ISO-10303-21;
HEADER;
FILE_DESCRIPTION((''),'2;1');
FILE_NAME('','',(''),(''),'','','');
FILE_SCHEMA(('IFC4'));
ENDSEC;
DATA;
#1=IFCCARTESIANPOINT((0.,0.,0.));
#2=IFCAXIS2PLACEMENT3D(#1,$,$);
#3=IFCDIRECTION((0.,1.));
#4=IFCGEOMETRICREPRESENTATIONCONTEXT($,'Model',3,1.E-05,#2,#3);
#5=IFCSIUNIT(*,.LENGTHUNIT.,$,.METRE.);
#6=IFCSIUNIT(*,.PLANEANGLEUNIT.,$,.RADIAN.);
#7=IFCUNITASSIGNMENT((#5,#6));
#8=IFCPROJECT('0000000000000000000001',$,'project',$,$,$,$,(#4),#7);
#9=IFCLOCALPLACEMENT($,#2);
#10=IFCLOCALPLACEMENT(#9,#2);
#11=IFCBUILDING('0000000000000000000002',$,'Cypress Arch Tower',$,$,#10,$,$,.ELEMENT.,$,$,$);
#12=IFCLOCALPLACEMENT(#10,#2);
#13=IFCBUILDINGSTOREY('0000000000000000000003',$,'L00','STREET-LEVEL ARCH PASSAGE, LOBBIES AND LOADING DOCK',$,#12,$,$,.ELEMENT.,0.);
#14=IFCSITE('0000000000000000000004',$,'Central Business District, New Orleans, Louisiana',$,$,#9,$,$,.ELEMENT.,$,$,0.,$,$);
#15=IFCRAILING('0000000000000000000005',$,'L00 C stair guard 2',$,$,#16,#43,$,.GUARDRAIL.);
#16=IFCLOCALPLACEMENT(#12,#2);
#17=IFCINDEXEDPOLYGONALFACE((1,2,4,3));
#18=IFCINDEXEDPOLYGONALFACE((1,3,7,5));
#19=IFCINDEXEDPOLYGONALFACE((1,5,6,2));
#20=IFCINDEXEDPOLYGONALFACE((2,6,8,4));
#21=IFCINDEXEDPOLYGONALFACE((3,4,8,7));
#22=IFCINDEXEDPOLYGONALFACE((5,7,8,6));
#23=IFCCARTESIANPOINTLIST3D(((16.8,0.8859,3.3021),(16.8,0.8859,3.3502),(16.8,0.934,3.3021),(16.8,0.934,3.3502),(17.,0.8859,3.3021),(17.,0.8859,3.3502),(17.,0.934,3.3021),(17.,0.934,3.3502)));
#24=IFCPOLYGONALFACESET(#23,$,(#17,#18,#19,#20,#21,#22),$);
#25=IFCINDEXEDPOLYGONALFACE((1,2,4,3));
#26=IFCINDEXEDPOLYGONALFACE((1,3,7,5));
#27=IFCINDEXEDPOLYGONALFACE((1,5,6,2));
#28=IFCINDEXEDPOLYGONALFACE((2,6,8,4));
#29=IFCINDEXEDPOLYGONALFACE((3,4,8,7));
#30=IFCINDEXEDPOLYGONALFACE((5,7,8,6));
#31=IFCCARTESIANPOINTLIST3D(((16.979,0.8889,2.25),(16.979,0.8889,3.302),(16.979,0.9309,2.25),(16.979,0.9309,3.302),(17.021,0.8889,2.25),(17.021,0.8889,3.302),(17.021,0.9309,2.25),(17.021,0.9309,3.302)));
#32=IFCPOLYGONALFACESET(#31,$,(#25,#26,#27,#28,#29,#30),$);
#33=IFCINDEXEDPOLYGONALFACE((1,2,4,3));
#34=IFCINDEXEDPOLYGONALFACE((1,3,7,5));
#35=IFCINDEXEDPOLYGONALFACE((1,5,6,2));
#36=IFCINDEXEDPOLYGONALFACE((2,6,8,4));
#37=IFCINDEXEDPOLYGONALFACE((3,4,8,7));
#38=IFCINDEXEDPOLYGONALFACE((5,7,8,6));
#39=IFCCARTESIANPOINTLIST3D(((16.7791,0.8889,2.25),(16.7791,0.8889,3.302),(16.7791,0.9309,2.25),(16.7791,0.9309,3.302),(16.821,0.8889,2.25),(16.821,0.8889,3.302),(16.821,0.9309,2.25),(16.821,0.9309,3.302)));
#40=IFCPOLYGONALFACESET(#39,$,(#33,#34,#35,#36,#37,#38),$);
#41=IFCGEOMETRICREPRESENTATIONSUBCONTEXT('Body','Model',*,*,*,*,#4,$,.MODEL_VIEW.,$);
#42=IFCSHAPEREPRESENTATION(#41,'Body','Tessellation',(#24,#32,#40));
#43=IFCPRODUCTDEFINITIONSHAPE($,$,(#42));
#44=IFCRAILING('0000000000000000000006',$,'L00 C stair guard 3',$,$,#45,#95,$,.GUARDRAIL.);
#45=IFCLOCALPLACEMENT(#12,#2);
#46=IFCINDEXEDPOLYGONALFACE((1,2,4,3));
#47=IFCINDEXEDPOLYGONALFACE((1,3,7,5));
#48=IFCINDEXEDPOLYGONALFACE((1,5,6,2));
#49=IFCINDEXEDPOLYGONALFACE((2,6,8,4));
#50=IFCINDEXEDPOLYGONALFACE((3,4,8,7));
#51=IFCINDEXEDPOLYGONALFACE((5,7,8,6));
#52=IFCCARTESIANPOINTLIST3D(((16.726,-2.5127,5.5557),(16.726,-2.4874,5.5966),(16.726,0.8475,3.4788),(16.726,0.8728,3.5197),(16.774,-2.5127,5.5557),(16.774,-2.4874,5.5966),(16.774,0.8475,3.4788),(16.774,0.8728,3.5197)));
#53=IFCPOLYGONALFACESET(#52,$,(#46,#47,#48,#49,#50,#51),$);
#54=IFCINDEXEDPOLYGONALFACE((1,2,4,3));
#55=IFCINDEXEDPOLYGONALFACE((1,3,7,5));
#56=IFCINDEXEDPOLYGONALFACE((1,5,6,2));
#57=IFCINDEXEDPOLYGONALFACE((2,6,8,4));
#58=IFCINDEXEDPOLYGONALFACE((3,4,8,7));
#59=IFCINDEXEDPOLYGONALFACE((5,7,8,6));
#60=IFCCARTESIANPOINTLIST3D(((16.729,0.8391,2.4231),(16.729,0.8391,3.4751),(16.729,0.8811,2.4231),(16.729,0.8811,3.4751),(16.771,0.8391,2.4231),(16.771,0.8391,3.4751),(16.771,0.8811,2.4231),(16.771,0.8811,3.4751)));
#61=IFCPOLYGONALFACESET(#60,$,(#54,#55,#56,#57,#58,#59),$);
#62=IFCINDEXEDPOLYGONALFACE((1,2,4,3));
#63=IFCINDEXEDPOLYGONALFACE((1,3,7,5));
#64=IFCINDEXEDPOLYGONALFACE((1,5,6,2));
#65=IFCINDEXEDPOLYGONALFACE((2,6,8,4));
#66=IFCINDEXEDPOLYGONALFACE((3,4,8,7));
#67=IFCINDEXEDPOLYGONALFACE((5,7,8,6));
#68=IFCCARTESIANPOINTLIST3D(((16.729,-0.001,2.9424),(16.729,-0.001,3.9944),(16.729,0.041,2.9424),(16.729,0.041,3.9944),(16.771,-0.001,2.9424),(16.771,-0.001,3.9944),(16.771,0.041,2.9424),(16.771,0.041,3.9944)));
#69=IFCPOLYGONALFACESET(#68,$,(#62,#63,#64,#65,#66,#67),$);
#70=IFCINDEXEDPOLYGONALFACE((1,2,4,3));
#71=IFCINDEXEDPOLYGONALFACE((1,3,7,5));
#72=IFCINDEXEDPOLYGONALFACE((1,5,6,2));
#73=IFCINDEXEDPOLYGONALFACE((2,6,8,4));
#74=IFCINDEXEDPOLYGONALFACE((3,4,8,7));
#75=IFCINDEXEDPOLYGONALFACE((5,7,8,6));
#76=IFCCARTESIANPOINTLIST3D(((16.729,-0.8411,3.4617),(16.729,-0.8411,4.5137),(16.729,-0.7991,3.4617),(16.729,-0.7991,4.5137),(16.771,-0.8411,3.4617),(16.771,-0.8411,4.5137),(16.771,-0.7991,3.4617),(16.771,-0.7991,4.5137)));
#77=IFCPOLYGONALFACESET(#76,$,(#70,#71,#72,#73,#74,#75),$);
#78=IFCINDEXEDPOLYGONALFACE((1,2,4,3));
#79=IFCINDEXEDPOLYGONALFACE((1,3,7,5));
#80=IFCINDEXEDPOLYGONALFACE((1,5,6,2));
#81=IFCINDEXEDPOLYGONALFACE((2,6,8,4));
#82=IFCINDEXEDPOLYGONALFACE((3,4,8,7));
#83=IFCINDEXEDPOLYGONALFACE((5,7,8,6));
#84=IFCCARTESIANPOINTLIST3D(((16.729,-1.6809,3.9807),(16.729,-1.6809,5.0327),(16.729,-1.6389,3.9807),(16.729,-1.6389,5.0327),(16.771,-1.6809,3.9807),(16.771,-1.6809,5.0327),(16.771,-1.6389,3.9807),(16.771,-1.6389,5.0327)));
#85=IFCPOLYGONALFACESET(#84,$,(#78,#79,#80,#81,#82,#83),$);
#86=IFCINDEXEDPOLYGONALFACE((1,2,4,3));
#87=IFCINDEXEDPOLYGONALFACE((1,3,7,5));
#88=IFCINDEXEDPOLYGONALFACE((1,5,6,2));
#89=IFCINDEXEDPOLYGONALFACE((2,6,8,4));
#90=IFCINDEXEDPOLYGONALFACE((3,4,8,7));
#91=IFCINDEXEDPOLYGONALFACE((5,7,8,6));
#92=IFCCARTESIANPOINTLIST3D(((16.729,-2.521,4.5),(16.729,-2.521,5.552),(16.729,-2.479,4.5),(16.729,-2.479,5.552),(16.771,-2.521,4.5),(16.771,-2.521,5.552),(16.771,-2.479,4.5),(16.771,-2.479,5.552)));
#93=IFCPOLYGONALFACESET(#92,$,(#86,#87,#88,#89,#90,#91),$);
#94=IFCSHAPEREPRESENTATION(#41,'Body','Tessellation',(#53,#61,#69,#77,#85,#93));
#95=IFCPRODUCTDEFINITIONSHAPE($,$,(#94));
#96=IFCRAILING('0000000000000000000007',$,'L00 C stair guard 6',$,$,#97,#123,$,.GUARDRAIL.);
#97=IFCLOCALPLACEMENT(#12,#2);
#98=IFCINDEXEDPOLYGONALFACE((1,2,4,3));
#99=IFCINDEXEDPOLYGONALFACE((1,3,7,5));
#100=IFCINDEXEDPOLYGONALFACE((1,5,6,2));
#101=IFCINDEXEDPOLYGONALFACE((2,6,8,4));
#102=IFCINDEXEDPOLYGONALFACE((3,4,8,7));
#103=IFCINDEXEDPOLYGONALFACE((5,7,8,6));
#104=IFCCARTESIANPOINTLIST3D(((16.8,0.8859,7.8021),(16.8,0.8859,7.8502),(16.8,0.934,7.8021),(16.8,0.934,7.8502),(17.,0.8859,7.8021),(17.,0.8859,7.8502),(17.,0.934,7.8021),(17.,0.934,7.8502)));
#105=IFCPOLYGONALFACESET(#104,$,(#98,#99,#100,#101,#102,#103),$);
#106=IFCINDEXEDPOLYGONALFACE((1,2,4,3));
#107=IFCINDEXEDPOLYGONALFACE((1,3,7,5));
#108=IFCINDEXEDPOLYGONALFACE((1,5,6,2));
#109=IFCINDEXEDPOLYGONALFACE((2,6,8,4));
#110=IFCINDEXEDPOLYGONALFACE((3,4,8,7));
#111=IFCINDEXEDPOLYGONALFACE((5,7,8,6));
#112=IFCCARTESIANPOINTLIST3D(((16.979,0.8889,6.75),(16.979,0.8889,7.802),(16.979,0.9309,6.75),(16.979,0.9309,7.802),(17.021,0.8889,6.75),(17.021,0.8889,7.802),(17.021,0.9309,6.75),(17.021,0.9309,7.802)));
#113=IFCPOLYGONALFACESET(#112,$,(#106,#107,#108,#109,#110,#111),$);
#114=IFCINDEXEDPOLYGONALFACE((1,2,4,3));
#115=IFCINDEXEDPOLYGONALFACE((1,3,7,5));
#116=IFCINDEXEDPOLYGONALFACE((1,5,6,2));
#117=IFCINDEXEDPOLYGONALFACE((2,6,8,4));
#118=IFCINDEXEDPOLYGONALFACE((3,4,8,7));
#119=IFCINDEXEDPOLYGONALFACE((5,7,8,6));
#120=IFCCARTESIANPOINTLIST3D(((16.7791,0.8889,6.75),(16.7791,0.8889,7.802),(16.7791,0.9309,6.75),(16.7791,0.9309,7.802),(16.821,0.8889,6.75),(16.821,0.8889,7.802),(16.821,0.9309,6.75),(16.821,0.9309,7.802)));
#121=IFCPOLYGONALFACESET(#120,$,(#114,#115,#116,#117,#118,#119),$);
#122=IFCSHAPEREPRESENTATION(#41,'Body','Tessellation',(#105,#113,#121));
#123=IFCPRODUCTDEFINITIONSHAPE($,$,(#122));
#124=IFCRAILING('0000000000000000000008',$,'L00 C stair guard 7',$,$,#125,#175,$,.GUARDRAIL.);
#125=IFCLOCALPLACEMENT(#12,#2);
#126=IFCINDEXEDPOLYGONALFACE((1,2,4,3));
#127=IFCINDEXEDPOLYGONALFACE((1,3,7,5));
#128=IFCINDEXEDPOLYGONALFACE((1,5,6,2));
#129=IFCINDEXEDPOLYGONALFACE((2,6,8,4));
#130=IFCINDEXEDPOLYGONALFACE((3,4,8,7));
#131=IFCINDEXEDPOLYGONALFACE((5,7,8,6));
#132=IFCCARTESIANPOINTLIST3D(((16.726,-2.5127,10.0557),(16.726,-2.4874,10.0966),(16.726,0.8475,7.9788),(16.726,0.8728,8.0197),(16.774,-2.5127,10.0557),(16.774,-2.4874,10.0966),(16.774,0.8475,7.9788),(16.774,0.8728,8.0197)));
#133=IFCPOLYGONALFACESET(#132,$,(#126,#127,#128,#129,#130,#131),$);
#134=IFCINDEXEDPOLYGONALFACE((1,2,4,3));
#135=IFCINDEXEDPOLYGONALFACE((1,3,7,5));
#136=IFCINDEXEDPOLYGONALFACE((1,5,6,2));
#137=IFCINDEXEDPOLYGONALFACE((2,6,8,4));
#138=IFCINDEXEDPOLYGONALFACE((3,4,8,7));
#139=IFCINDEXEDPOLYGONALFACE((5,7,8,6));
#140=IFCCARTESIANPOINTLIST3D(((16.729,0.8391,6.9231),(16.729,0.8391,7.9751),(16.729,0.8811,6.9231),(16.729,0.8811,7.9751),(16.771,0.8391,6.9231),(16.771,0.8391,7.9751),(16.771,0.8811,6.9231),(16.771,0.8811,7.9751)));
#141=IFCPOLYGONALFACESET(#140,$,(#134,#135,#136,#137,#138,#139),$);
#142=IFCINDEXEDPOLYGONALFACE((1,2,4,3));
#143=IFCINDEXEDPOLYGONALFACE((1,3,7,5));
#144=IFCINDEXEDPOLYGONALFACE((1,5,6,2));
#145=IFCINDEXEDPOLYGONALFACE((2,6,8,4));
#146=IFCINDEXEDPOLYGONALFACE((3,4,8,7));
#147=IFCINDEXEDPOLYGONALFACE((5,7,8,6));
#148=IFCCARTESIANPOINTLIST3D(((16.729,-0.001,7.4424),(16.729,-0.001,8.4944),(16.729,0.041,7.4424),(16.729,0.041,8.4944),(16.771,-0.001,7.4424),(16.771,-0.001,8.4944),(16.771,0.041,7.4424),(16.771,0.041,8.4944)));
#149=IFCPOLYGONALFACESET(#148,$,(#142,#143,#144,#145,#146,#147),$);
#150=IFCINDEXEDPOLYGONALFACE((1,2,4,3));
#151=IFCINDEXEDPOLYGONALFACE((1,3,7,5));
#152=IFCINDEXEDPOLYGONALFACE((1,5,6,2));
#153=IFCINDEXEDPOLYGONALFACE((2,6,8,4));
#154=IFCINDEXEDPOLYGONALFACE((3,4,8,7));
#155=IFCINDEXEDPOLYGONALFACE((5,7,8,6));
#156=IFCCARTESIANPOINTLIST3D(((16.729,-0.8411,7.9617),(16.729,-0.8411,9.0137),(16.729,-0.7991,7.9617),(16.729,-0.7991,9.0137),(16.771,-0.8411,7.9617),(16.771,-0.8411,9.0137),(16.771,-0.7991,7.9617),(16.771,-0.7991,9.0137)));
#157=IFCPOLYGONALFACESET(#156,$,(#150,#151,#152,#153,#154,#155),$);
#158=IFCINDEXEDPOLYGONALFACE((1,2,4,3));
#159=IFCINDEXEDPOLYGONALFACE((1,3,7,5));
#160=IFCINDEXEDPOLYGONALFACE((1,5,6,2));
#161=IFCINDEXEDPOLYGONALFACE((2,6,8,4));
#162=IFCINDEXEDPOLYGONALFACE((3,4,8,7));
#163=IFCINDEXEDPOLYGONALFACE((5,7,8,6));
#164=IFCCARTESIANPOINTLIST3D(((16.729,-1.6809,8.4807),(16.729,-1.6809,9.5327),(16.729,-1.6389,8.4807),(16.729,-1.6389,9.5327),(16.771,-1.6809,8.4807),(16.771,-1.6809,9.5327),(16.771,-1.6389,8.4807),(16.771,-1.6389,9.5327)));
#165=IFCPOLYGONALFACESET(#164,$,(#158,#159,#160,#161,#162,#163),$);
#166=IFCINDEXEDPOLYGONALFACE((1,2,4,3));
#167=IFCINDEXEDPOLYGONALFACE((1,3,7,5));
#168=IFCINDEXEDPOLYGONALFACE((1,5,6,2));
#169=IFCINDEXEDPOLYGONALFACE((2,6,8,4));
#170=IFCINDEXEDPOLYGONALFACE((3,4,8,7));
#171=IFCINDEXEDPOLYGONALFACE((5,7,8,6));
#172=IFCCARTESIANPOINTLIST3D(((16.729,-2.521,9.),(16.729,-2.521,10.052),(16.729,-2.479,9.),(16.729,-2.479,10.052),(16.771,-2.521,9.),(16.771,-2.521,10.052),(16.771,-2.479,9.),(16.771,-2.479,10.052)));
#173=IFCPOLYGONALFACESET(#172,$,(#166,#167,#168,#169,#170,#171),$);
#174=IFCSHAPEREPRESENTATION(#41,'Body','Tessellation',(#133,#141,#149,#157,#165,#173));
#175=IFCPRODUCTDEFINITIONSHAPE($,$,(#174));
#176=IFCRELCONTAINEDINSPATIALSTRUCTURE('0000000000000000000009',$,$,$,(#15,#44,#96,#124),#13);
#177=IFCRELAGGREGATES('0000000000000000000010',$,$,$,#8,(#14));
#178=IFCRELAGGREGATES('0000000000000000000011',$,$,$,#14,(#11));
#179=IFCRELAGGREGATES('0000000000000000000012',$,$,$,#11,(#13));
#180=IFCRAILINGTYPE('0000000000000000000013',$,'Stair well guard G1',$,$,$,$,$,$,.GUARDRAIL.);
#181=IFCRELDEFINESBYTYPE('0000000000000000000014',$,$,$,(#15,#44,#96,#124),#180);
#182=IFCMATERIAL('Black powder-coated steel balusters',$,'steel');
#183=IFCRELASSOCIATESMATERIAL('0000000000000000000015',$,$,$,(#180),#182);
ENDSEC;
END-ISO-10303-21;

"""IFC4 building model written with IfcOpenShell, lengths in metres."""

from ifc_helpers import new_model, si_unit, direction, frame, origin, origin_2d, place, context, subcontext, project, spatial, rectangle, extrude, material, type_object, element, save


model = new_model("IFC4")

# Units and contexts
model_context = context("Model", 3, precision=1e-05, world=origin(), true_north=direction((0.0, 1.0)))
body_context = subcontext(model_context, "Body", "Model", "MODEL_VIEW")
ifc_project = project(units=[si_unit("LENGTHUNIT", "METRE"), si_unit("PLANEANGLEUNIT", "RADIAN")], contexts=[model_context])

# Site, building, storey
site_placement = place(None, origin())
site = spatial("IfcSite", under=ifc_project, at=site_placement, Name="Central Business District, New Orleans, Louisiana", CompositionType="ELEMENT", RefElevation=0.0)
building_placement = place(site_placement, origin())
building = spatial("IfcBuilding", under=site, at=building_placement, Name="Cypress Arch Tower", CompositionType="ELEMENT")
storey_placement = place(building_placement, origin())
storey = spatial("IfcBuildingStorey", under=building, at=storey_placement, Name="L00", Description="STREET-LEVEL ARCH PASSAGE, LOBBIES AND LOADING DOCK", CompositionType="ELEMENT", Elevation=0.0)

# Railings
ifc_material_1 = material(Name="Black powder-coated steel balusters", Category="steel")
railing_type_1 = type_object("IfcRailingType", Name="Stair well guard G1", PredefinedType="GUARDRAIL", material=ifc_material_1)
railing_1_placement = place(storey_placement, frame((17.0, 0.9099, 2.25)))
element("IfcRailing", 1, at=railing_1_placement, inside=storey, type_object=railing_type_1, Name="L00 C stair guard 2", PredefinedType="GUARDRAIL", context=body_context, shape_type="SweptSolid", body=[
    extrude(rectangle(XDim=0.0481, YDim=0.0481, at=origin_2d()), frame((0.0, 0.0, 1.0762), z_axis=(-1.0, 0.0, 0.0), x_axis=(0.0, -1.0, 0.0)), (0.0, 0.0, 1.0), 0.2),
    extrude(rectangle(XDim=0.042, YDim=0.042, at=origin_2d()), origin(), (0.0, 0.0, 1.0), 1.052),
    extrude(rectangle(XDim=0.042, YDim=0.042, at=origin_2d()), frame((-0.2, 0.0, 0.0)), (0.0, 0.0, 1.0), 1.052),
])
railing_2_placement = place(storey_placement, frame((16.75, 0.8601, 2.4231)))
element("IfcRailing", 2, at=railing_2_placement, inside=storey, type_object=railing_type_1, Name="L00 C stair guard 3", PredefinedType="GUARDRAIL", context=body_context, shape_type="SweptSolid", body=[
    extrude(rectangle(XDim=0.0481, YDim=0.0481, at=origin_2d()), frame((0.0, 0.0, 1.0762), z_axis=(0.0, -0.850623, 0.525776), x_axis=(1.0, 0.0, 0.0)), (0.0, 0.0, 1.0), 3.9502),
    extrude(rectangle(XDim=0.042, YDim=0.042, at=origin_2d()), origin(), (0.0, 0.0, 1.0), 1.052),
    extrude(rectangle(XDim=0.042, YDim=0.042, at=origin_2d()), frame((0.0, -0.8401, 0.5193)), (0.0, 0.0, 1.0), 1.052),
    extrude(rectangle(XDim=0.042, YDim=0.042, at=origin_2d()), frame((0.0, -1.6802, 1.0386)), (0.0, 0.0, 1.0), 1.052),
    extrude(rectangle(XDim=0.042, YDim=0.042, at=origin_2d()), frame((0.0, -2.52, 1.5576)), (0.0, 0.0, 1.0), 1.052),
    extrude(rectangle(XDim=0.042, YDim=0.042, at=origin_2d()), frame((0.0, -3.3601, 2.0769)), (0.0, 0.0, 1.0), 1.052),
])
railing_3_placement = place(storey_placement, frame((17.0, 0.9099, 6.75)))
element("IfcRailing", 3, at=railing_3_placement, inside=storey, type_object=railing_type_1, Name="L00 C stair guard 6", PredefinedType="GUARDRAIL", context=body_context, shape_type="SweptSolid", body=[
    extrude(rectangle(XDim=0.0481, YDim=0.0481, at=origin_2d()), frame((0.0, 0.0, 1.0762), z_axis=(-1.0, 0.0, 0.0), x_axis=(0.0, -1.0, 0.0)), (0.0, 0.0, 1.0), 0.2),
    extrude(rectangle(XDim=0.042, YDim=0.042, at=origin_2d()), origin(), (0.0, 0.0, 1.0), 1.052),
    extrude(rectangle(XDim=0.042, YDim=0.042, at=origin_2d()), frame((-0.2, 0.0, 0.0)), (0.0, 0.0, 1.0), 1.052),
])
railing_4_placement = place(storey_placement, frame((16.75, 0.8601, 6.9231)))
element("IfcRailing", 4, at=railing_4_placement, inside=storey, type_object=railing_type_1, Name="L00 C stair guard 7", PredefinedType="GUARDRAIL", context=body_context, shape_type="SweptSolid", body=[
    extrude(rectangle(XDim=0.0481, YDim=0.0481, at=origin_2d()), frame((0.0, 0.0, 1.0762), z_axis=(0.0, -0.850623, 0.525776), x_axis=(1.0, 0.0, 0.0)), (0.0, 0.0, 1.0), 3.9502),
    extrude(rectangle(XDim=0.042, YDim=0.042, at=origin_2d()), origin(), (0.0, 0.0, 1.0), 1.052),
    extrude(rectangle(XDim=0.042, YDim=0.042, at=origin_2d()), frame((0.0, -0.8401, 0.5193)), (0.0, 0.0, 1.0), 1.052),
    extrude(rectangle(XDim=0.042, YDim=0.042, at=origin_2d()), frame((0.0, -1.6802, 1.0386)), (0.0, 0.0, 1.0), 1.052),
    extrude(rectangle(XDim=0.042, YDim=0.042, at=origin_2d()), frame((0.0, -2.52, 1.5576)), (0.0, 0.0, 1.0), 1.052),
    extrude(rectangle(XDim=0.042, YDim=0.042, at=origin_2d()), frame((0.0, -3.3601, 2.0769)), (0.0, 0.0, 1.0), 1.052),
])

save(model, "model.ifc")
